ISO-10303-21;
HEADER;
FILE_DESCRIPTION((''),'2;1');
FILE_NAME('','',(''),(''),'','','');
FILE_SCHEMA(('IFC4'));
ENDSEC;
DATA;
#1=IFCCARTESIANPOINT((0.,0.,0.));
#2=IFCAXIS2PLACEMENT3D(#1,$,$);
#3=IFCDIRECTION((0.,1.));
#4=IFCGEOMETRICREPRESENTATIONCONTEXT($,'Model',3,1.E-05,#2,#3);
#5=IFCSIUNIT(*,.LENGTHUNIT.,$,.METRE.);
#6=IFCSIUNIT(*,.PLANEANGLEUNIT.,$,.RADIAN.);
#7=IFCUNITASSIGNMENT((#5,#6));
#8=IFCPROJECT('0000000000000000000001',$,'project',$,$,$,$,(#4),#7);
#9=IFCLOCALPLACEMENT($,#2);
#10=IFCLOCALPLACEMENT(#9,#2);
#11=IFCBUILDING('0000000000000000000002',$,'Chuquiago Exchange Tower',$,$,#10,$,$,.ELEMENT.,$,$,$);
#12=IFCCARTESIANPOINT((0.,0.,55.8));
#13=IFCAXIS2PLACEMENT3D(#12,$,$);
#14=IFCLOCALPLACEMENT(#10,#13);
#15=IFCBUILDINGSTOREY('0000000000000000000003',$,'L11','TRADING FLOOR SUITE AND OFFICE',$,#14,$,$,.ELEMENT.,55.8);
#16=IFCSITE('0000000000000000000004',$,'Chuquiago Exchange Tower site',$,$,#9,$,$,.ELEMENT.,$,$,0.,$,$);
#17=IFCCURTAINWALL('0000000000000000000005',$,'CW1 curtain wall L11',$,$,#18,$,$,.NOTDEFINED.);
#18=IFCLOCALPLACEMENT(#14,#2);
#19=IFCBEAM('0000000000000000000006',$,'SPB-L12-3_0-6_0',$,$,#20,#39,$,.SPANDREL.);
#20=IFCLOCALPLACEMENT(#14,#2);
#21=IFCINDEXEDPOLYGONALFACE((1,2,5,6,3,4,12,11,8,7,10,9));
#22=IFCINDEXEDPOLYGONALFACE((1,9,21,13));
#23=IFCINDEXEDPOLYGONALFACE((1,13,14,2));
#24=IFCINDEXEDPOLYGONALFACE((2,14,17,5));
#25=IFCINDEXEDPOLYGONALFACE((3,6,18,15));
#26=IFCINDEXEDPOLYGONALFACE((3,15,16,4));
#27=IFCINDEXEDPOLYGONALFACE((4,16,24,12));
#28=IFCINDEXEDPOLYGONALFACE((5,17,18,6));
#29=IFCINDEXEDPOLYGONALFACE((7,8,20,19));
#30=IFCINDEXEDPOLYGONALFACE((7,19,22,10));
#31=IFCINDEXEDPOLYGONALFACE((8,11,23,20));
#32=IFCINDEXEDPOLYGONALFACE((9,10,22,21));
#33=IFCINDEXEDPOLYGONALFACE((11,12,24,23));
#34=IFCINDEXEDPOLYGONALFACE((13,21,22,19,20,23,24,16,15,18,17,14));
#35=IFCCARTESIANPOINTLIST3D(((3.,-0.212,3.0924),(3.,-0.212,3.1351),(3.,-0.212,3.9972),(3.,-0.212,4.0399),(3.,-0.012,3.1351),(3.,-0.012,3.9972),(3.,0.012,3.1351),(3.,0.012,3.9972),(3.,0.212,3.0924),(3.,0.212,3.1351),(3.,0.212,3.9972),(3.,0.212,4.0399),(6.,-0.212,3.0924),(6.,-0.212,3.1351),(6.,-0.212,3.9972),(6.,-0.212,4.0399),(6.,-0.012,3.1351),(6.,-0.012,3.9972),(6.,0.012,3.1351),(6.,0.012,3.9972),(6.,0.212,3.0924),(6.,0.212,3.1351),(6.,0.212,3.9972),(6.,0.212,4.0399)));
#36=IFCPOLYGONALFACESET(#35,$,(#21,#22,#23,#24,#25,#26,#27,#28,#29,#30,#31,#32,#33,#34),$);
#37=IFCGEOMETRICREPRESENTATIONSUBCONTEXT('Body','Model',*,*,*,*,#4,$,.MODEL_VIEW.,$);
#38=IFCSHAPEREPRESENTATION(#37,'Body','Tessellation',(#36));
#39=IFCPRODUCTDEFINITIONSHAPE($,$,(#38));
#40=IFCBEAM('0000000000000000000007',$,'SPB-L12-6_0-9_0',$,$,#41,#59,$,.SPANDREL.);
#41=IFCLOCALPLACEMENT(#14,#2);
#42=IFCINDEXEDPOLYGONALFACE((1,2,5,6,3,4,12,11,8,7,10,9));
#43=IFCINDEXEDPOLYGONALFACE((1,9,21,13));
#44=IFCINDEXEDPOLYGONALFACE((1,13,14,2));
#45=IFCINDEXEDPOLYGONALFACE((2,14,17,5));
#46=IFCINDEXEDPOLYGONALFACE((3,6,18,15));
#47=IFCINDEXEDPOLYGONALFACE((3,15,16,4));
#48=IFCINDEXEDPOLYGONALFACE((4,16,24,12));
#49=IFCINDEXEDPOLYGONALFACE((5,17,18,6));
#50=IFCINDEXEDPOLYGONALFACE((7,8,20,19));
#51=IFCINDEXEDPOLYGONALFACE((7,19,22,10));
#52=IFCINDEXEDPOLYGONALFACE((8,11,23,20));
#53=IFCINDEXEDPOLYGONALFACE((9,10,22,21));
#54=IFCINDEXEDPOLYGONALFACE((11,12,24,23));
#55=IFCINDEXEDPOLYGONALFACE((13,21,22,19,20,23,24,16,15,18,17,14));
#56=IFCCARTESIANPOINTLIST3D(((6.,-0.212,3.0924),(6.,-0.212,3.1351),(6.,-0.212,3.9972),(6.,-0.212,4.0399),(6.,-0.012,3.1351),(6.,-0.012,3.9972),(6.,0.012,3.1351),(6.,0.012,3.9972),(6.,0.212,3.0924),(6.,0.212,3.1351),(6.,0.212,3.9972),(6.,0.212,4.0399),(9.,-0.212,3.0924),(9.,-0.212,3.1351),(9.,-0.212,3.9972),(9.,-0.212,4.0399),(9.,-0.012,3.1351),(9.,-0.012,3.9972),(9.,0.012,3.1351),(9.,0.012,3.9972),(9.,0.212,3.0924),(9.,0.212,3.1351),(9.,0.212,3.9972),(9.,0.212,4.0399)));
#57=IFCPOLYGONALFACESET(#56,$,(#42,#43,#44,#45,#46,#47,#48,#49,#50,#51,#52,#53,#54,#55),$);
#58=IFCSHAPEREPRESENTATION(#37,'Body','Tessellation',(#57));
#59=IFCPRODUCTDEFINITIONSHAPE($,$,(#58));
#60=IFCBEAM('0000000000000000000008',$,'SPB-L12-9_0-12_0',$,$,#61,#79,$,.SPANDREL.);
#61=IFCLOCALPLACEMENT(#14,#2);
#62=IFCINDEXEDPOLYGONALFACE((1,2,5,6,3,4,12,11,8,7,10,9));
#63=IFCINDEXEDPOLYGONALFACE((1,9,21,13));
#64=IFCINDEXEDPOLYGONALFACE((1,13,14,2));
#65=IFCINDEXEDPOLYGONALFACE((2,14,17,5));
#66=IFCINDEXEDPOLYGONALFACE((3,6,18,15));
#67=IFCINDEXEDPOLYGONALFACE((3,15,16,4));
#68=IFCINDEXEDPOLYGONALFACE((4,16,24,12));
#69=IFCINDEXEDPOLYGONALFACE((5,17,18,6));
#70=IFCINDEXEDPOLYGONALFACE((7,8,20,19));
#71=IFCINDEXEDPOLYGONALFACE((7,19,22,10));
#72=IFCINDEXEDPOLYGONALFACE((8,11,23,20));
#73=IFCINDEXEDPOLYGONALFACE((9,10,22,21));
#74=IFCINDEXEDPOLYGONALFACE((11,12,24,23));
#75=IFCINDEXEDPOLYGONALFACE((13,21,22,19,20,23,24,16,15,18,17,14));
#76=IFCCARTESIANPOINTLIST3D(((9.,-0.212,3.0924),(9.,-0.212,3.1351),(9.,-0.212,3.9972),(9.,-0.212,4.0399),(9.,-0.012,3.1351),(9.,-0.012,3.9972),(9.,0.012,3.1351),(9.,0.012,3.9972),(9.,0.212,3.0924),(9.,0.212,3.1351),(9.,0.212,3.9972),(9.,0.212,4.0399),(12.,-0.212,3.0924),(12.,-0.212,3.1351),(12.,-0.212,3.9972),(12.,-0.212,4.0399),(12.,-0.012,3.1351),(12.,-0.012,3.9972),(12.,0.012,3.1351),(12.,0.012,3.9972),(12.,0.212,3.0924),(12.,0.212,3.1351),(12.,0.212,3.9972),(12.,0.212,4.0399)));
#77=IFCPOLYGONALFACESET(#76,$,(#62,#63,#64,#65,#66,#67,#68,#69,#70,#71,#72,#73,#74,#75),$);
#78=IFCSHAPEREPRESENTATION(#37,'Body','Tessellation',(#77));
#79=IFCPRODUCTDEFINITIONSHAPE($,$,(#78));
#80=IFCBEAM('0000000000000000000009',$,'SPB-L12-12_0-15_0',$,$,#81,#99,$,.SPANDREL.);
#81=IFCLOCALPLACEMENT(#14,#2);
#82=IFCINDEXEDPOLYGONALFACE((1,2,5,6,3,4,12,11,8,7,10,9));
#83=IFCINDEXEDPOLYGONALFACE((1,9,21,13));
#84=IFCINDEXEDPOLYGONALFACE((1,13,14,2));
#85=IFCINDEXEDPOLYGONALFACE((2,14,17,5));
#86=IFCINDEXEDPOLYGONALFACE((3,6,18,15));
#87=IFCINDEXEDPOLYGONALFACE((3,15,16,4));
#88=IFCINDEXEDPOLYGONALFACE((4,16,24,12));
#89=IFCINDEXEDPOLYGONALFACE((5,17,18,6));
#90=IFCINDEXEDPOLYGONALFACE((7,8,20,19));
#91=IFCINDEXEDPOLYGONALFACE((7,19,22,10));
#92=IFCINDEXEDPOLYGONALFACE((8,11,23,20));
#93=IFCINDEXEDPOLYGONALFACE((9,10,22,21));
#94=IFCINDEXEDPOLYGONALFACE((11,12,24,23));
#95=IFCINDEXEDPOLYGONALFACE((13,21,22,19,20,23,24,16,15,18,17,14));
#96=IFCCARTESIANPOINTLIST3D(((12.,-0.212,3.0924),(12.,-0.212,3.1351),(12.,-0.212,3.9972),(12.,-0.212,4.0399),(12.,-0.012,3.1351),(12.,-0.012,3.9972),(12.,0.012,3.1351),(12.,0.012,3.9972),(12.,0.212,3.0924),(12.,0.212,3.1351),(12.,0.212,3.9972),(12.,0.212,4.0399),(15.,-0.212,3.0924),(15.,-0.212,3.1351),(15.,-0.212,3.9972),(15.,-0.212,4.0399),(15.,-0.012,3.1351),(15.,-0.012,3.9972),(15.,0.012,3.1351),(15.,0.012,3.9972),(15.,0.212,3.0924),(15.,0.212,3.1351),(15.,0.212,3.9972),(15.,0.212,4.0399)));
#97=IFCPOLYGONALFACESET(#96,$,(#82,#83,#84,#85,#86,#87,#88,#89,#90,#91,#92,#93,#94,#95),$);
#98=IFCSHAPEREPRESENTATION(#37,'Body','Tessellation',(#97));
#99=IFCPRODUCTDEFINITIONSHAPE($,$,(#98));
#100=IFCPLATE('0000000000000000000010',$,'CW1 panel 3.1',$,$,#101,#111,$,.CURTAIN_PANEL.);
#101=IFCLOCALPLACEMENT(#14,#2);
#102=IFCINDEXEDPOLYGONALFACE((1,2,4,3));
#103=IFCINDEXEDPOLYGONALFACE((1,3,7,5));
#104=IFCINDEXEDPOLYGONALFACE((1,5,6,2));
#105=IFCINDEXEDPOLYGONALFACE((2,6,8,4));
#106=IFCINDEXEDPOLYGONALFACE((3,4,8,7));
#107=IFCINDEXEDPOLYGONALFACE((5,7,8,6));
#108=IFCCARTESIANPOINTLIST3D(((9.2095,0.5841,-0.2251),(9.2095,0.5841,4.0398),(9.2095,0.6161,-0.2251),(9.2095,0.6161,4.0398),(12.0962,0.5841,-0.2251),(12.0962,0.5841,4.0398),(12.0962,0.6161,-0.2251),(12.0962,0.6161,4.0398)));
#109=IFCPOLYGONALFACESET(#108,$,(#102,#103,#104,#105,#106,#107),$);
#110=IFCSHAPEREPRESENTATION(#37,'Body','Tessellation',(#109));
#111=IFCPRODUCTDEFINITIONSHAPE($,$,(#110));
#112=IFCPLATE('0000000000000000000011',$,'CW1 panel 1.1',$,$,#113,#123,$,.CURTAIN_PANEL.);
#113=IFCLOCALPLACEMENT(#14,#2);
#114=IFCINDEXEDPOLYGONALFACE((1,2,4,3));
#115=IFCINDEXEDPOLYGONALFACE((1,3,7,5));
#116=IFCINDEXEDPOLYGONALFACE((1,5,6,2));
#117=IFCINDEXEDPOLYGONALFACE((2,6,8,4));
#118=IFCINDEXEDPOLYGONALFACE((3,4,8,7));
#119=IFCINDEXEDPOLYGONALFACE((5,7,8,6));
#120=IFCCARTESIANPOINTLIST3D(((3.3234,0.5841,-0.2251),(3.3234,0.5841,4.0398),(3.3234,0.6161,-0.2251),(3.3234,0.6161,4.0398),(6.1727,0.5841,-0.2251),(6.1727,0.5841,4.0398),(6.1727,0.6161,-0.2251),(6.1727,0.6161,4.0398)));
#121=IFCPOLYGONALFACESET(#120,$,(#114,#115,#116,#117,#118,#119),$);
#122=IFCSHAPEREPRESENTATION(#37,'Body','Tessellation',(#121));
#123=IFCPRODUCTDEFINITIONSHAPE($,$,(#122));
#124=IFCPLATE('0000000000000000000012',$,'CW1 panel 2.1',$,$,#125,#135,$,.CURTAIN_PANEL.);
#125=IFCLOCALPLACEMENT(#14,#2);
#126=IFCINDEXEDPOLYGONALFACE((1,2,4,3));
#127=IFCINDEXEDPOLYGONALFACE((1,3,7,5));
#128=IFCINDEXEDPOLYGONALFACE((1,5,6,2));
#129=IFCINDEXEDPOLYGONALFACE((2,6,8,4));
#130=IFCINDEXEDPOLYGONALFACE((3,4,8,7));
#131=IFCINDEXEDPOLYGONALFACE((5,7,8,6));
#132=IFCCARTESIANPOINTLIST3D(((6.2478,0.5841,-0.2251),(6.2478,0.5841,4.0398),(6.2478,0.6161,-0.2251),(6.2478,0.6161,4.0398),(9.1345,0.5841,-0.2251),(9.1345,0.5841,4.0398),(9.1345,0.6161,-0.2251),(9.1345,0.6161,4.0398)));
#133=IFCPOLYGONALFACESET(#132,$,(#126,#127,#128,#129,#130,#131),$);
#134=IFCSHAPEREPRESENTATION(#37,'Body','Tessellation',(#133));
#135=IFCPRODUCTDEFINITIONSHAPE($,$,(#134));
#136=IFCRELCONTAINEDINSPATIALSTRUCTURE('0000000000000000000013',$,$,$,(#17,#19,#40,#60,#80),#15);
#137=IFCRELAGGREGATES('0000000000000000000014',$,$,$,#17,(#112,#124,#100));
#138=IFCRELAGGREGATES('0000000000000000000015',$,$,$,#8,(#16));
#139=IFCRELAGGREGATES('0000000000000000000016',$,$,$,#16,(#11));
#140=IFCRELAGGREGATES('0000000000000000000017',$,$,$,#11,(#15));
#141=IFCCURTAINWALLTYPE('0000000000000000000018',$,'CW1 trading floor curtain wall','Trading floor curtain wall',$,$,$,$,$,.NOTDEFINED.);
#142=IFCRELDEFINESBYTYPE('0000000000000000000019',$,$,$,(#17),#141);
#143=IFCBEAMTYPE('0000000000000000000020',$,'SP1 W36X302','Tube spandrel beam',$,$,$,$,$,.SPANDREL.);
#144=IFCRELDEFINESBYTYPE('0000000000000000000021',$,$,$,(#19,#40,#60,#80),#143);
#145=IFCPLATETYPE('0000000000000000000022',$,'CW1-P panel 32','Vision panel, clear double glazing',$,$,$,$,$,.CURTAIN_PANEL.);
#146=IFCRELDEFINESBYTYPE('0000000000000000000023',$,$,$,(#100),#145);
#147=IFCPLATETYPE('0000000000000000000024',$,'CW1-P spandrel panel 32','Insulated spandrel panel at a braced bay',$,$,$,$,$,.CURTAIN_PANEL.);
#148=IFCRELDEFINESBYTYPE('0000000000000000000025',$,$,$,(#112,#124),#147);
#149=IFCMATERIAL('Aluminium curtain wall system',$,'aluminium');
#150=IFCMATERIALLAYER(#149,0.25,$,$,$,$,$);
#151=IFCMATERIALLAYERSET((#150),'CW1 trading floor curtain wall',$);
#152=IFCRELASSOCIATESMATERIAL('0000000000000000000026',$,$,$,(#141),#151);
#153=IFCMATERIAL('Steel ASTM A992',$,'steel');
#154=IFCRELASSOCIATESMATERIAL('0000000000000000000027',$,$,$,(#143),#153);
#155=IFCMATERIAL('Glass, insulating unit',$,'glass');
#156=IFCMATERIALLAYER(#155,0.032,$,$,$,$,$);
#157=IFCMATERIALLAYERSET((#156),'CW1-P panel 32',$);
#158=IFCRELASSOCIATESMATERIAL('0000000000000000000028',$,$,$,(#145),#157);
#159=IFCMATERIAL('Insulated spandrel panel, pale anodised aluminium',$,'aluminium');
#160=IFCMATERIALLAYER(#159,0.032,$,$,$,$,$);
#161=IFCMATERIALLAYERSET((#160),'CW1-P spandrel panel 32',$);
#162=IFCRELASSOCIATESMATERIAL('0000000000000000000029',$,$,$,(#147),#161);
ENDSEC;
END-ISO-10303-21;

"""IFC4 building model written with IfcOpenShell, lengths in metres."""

from ifc_helpers import new_model, si_unit, direction, frame, origin, origin_2d, place, context, subcontext, project, spatial, rectangle, i_section, extrude, material, layer, layer_set, material_profile, profile_set, type_object, element, aggregate, save


model = new_model("IFC4")

# Units and contexts
model_context = context("Model", 3, precision=1e-05, world=origin(), true_north=direction((0.0, 1.0)))
body_context = subcontext(model_context, "Body", "Model", "MODEL_VIEW")
ifc_project = project(units=[si_unit("LENGTHUNIT", "METRE"), si_unit("PLANEANGLEUNIT", "RADIAN")], contexts=[model_context])

# Site, building, storey
site_placement = place(None, origin())
site = spatial("IfcSite", under=ifc_project, at=site_placement, Name="Chuquiago Exchange Tower site", CompositionType="ELEMENT", RefElevation=0.0)
building_placement = place(site_placement, origin())
building = spatial("IfcBuilding", under=site, at=building_placement, Name="Chuquiago Exchange Tower", CompositionType="ELEMENT")
storey_placement = place(building_placement, frame((0.0, 0.0, 55.8)))
storey = spatial("IfcBuildingStorey", under=building, at=storey_placement, Name="L11", Description="TRADING FLOOR SUITE AND OFFICE", CompositionType="ELEMENT", Elevation=55.8)

# Curtain wall
ifc_material_1 = material(Name="Aluminium curtain wall system", Category="aluminium")
ifc_layer_1 = layer(ifc_material_1, 0.25)
ifc_layer_set_1 = layer_set([ifc_layer_1], Name="CW1 trading floor curtain wall")
curtain_wall_type = type_object("IfcCurtainWallType", Name="CW1 trading floor curtain wall", Description="Trading floor curtain wall", PredefinedType="NOTDEFINED", material=ifc_layer_set_1)
curtain_wall_placement = place(storey_placement, origin())
curtain_wall = element("IfcCurtainWall", 1, at=curtain_wall_placement, inside=storey, type_object=curtain_wall_type, Name="CW1 curtain wall L11", PredefinedType="NOTDEFINED")

# Beams
ifc_material_2 = material(Name="Steel ASTM A992", Category="steel")
ifc_material_profile_1 = material_profile(ifc_material_2, i_section(OverallWidth=0.4241, OverallDepth=0.9475, WebThickness=0.0239, FlangeThickness=0.0427, at=origin_2d()), Name="W36X302")
ifc_profile_set_1 = profile_set([ifc_material_profile_1], Name="Steel ASTM A992")
beam_type = type_object("IfcBeamType", Name="SP1 W36X302", Description="Tube spandrel beam", PredefinedType="SPANDREL", material=ifc_profile_set_1)
for number, where, z_axis, x_axis, name in (
    (2, (3.0, 0.0, 3.5662), (1.0, 0.0, 0.0), (0.0, 1.0, 0.0), "SPB-L12-3_0-6_0"),
    (3, (6.0, 0.0, 3.5662), (1.0, 0.0, 0.0), (0.0, 1.0, 0.0), "SPB-L12-6_0-9_0"),
    (4, (9.0, 0.0, 3.5662), (1.0, 0.0, 0.0), (0.0, 1.0, 0.0), "SPB-L12-9_0-12_0"),
    (5, (12.0, 0.0, 3.5662), (1.0, 0.0, 0.0), (0.0, 1.0, 0.0), "SPB-L12-12_0-15_0"),
):
    element("IfcBeam", number, at=place(storey_placement, frame(where, z_axis=z_axis, x_axis=x_axis)), inside=storey, type_object=beam_type, Name=name, PredefinedType="SPANDREL", context=body_context, shape_type="SweptSolid", body=[
        extrude(i_section(OverallWidth=0.4241, OverallDepth=0.9475, WebThickness=0.0239, FlangeThickness=0.0427, at=origin_2d()), origin(), (0.0, 0.0, 1.0), 3.0),
    ])

# Plates
ifc_material_3 = material(Name="Glass, insulating unit", Category="glass")
ifc_layer_2 = layer(ifc_material_3, 0.032)
ifc_layer_set_2 = layer_set([ifc_layer_2], Name="CW1-P panel 32")
plate_type_1 = type_object("IfcPlateType", Name="CW1-P panel 32", Description="Vision panel, clear double glazing", PredefinedType="CURTAIN_PANEL", material=ifc_layer_set_2)
plate_1_placement = place(storey_placement, frame((10.6528, 0.6001, -0.2251), z_axis=(0.0, 0.0, 1.0), x_axis=(1.0, 0.0, 0.0)))
plate_1 = element("IfcPlate", 6, at=plate_1_placement, type_object=plate_type_1, Name="CW1 panel 3.1", PredefinedType="CURTAIN_PANEL", context=body_context, shape_type="SweptSolid", body=[
    extrude(rectangle(XDim=2.8867, YDim=0.032, at=origin_2d()), origin(), (0.0, 0.0, 1.0), 4.2649),
])
ifc_material_4 = material(Name="Insulated spandrel panel, pale anodised aluminium", Category="aluminium")
ifc_layer_3 = layer(ifc_material_4, 0.032)
ifc_layer_set_3 = layer_set([ifc_layer_3], Name="CW1-P spandrel panel 32")
plate_type_2 = type_object("IfcPlateType", Name="CW1-P spandrel panel 32", Description="Insulated spandrel panel at a braced bay", PredefinedType="CURTAIN_PANEL", material=ifc_layer_set_3)
plate_2_placement = place(storey_placement, frame((4.748, 0.6001, -0.2251), z_axis=(0.0, 0.0, 1.0), x_axis=(1.0, 0.0, 0.0)))
plate_2 = element("IfcPlate", 7, at=plate_2_placement, type_object=plate_type_2, Name="CW1 panel 1.1", PredefinedType="CURTAIN_PANEL", context=body_context, shape_type="SweptSolid", body=[
    extrude(rectangle(XDim=2.8494, YDim=0.032, at=origin_2d()), origin(), (0.0, 0.0, 1.0), 4.2649),
])
plate_3_placement = place(storey_placement, frame((7.6912, 0.6001, -0.2251), z_axis=(0.0, 0.0, 1.0), x_axis=(1.0, 0.0, 0.0)))
plate_3 = element("IfcPlate", 8, at=plate_3_placement, type_object=plate_type_2, Name="CW1 panel 2.1", PredefinedType="CURTAIN_PANEL", context=body_context, shape_type="SweptSolid", body=[
    extrude(rectangle(XDim=2.8867, YDim=0.032, at=origin_2d()), origin(), (0.0, 0.0, 1.0), 4.2649),
])
aggregate(curtain_wall, [plate_2, plate_3, plate_1])

save(model, "model.ifc")
